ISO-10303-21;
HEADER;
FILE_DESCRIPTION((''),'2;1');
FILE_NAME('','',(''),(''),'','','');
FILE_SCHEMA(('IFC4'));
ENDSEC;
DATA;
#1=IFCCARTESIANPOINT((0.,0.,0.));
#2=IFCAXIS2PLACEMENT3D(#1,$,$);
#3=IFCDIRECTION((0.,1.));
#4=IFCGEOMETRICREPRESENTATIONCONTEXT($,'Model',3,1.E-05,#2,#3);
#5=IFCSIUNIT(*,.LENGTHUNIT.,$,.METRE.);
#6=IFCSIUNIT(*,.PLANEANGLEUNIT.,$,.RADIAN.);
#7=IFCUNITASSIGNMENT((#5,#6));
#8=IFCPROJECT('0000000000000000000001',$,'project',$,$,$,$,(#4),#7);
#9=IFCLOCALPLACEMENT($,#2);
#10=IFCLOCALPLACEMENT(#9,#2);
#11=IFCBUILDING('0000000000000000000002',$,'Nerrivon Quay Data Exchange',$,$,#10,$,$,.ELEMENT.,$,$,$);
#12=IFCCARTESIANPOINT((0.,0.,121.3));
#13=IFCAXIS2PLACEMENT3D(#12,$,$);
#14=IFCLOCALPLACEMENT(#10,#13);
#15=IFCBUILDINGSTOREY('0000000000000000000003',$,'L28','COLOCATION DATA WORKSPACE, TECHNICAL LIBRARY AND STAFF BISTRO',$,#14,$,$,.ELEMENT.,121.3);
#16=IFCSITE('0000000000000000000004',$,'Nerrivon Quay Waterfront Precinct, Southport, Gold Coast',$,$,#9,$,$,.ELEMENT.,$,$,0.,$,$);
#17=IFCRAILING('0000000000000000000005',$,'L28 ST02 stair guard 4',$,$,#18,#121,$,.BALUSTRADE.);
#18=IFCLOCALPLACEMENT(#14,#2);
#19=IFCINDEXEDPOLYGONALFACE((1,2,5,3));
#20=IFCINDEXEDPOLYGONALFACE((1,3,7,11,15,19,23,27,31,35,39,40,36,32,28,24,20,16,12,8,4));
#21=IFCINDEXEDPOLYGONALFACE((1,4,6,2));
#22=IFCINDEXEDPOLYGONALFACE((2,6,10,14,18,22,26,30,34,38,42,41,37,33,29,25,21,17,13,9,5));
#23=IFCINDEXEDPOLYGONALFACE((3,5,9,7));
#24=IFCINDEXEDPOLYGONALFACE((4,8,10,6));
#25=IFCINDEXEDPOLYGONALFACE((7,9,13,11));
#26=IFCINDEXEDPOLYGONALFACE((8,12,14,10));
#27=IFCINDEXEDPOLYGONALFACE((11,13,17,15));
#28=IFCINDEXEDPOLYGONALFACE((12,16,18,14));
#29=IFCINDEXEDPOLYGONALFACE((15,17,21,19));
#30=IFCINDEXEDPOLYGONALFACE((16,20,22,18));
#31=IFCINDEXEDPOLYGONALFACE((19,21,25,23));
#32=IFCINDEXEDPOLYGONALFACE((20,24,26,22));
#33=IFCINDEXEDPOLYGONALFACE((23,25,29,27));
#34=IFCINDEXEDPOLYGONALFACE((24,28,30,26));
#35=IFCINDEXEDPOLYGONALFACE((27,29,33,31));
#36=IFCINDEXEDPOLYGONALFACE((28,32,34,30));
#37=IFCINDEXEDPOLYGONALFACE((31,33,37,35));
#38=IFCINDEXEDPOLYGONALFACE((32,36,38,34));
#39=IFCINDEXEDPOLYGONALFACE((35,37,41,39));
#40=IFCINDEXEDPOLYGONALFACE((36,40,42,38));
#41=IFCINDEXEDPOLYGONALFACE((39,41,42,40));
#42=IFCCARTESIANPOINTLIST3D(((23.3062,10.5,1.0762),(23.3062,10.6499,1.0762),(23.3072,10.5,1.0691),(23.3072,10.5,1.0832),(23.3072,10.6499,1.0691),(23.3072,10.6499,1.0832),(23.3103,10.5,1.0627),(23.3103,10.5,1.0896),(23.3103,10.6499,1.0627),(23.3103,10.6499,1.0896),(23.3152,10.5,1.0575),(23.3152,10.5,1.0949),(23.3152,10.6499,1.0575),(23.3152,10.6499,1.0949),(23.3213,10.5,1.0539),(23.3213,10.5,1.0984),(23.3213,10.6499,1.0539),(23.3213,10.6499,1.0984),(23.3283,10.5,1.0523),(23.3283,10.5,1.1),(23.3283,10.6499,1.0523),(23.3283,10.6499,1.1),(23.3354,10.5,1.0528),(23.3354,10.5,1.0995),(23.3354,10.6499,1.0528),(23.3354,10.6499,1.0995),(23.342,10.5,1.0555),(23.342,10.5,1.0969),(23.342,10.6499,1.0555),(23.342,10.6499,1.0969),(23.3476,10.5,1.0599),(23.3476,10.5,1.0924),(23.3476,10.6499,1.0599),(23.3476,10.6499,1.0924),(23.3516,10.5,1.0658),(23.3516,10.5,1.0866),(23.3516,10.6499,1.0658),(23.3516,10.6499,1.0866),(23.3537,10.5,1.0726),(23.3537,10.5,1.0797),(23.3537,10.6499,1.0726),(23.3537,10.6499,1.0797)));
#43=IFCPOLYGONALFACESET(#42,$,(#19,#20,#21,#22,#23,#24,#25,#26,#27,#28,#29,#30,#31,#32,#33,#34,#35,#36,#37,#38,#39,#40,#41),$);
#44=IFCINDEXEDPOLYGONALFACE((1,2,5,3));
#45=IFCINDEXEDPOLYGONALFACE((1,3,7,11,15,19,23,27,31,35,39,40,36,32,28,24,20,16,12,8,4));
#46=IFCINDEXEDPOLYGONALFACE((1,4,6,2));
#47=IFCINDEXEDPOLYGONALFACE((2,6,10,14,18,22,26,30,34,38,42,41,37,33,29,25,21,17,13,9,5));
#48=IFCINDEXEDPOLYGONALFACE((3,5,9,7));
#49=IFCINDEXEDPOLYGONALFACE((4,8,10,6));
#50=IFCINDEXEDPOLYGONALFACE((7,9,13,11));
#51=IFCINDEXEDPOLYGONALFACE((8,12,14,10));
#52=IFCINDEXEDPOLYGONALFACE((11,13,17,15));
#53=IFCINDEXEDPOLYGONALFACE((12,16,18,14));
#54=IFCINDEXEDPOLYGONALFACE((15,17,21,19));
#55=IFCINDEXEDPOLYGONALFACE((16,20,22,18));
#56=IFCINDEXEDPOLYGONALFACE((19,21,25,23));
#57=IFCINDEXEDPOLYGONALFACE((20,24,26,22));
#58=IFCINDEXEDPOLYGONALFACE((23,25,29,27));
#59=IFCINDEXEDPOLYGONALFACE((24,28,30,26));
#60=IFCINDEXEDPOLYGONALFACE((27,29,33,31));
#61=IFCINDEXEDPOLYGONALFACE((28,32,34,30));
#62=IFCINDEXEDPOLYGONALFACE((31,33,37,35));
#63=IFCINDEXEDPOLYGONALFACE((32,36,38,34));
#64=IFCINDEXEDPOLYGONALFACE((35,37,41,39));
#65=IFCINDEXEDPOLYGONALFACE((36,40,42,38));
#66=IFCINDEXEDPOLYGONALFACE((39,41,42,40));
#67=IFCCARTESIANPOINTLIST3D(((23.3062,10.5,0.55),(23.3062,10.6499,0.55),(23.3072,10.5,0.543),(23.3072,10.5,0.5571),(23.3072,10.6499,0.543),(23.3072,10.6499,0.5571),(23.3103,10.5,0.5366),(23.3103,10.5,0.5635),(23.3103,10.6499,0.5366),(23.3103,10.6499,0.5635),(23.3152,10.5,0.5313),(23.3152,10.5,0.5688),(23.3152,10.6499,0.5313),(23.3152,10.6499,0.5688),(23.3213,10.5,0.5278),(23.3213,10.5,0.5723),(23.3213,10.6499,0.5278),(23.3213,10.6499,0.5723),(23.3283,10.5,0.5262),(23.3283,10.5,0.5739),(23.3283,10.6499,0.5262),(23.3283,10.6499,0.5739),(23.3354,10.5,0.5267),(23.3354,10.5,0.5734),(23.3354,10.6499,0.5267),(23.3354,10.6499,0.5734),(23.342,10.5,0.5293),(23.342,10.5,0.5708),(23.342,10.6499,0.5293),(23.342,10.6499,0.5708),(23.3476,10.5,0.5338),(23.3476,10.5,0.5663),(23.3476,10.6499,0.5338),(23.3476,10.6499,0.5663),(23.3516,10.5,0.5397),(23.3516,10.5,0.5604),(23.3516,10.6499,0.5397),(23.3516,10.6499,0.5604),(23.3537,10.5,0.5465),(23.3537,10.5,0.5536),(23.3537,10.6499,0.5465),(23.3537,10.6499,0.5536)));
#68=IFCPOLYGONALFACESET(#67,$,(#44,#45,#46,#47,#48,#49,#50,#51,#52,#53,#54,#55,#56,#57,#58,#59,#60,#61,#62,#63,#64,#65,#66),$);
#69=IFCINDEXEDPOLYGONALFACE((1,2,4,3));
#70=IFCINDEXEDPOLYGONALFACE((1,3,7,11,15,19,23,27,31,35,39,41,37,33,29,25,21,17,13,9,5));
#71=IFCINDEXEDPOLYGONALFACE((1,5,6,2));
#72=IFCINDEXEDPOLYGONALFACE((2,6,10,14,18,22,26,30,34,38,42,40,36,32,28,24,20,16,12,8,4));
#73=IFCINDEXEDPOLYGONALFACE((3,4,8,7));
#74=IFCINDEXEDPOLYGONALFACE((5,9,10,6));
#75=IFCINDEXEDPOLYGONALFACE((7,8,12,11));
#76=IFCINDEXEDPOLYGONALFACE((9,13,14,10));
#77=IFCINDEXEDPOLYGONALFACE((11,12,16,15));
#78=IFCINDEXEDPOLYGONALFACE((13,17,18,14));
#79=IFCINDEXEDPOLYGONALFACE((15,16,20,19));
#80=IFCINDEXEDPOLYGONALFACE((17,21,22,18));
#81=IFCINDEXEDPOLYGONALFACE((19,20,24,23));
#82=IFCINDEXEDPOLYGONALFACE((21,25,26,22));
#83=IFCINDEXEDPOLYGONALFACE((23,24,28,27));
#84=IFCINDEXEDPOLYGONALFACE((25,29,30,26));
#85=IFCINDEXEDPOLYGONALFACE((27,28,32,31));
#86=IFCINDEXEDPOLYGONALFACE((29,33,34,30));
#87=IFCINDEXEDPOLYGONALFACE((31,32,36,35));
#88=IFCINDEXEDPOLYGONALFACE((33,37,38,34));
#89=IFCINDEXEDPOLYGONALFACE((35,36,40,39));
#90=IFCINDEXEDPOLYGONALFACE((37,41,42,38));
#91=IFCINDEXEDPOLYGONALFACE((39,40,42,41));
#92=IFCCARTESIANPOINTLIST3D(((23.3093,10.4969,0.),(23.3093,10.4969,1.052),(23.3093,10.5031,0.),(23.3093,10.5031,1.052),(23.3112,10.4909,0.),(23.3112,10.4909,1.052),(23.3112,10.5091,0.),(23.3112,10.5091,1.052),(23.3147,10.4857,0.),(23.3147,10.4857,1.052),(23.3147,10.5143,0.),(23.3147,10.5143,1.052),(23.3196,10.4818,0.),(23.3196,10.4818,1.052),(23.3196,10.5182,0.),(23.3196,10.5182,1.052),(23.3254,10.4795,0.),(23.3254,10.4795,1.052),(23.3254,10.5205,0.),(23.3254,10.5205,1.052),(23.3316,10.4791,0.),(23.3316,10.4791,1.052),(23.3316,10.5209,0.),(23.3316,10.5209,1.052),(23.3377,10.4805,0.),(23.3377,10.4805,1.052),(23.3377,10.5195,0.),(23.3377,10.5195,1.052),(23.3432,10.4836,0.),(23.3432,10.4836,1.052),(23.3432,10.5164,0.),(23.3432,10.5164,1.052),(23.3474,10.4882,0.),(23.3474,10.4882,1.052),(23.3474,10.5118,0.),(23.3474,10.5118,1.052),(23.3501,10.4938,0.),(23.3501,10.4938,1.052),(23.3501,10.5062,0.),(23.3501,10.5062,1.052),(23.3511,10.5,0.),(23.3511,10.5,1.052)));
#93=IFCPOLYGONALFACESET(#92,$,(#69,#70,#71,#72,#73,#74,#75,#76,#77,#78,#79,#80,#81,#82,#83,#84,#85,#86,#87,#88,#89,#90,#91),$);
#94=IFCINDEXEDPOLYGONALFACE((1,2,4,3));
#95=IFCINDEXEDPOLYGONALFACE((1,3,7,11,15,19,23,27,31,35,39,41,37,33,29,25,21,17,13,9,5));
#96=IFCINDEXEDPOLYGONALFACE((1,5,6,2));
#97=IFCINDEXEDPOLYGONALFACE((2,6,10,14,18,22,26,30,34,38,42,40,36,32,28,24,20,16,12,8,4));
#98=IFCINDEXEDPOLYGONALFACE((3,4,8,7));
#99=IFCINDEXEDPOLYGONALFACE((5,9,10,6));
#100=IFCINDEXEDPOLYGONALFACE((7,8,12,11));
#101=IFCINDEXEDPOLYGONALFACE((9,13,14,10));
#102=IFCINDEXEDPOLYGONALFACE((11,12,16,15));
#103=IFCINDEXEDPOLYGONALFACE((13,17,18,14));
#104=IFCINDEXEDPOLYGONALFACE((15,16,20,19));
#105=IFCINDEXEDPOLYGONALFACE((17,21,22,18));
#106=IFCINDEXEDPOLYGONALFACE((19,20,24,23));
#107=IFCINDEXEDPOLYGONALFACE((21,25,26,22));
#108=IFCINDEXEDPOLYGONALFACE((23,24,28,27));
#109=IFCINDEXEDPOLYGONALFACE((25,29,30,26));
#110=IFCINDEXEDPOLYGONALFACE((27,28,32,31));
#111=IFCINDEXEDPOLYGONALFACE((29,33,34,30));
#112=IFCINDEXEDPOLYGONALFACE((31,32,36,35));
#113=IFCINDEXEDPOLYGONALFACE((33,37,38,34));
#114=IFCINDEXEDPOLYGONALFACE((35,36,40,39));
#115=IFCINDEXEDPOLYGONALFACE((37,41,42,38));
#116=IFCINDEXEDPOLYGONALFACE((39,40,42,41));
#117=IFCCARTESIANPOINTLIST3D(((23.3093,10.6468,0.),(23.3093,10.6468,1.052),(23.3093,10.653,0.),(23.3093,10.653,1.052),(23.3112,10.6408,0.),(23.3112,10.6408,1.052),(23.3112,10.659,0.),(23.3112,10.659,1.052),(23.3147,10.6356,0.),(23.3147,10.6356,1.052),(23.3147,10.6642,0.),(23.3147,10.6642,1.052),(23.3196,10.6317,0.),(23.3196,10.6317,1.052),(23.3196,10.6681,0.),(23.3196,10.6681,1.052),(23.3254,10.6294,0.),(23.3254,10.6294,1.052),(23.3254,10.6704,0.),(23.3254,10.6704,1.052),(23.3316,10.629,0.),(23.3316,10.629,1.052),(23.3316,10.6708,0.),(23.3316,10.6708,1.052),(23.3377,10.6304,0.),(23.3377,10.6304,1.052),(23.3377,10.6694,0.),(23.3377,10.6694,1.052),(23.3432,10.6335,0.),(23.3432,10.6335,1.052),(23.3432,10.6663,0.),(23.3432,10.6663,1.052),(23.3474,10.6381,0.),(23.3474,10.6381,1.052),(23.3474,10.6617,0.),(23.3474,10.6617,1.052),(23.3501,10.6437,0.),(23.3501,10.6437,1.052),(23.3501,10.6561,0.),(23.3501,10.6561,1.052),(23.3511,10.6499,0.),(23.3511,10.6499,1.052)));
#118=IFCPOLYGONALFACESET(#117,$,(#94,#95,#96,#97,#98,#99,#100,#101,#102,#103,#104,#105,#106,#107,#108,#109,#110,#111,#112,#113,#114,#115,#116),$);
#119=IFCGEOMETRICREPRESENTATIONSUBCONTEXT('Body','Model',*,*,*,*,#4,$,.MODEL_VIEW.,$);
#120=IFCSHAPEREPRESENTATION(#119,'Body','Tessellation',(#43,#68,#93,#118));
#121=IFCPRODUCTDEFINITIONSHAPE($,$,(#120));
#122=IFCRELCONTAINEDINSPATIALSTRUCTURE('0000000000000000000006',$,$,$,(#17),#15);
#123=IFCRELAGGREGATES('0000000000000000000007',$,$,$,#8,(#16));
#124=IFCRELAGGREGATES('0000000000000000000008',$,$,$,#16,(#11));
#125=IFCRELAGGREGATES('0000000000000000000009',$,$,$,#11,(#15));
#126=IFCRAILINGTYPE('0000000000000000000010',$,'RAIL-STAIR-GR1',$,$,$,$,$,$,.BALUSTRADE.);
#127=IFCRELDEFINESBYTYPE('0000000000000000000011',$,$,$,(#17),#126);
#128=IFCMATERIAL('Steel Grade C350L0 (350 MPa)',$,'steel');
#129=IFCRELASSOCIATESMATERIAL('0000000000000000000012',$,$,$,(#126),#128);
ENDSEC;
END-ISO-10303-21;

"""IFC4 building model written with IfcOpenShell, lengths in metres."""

from ifc_helpers import new_model, si_unit, direction, frame, origin, origin_2d, place, context, subcontext, project, spatial, circle, extrude, material, type_object, element, save


model = new_model("IFC4")

# Units and contexts
model_context = context("Model", 3, precision=1e-05, world=origin(), true_north=direction((0.0, 1.0)))
body_context = subcontext(model_context, "Body", "Model", "MODEL_VIEW")
ifc_project = project(units=[si_unit("LENGTHUNIT", "METRE"), si_unit("PLANEANGLEUNIT", "RADIAN")], contexts=[model_context])

# Site, building, storey
site_placement = place(None, origin())
site = spatial("IfcSite", under=ifc_project, at=site_placement, Name="Nerrivon Quay Waterfront Precinct, Southport, Gold Coast", CompositionType="ELEMENT", RefElevation=0.0)
building_placement = place(site_placement, origin())
building = spatial("IfcBuilding", under=site, at=building_placement, Name="Nerrivon Quay Data Exchange", CompositionType="ELEMENT")
storey_placement = place(building_placement, frame((0.0, 0.0, 121.3)))
storey = spatial("IfcBuildingStorey", under=building, at=storey_placement, Name="L28", Description="COLOCATION DATA WORKSPACE, TECHNICAL LIBRARY AND STAFF BISTRO", CompositionType="ELEMENT", Elevation=121.3)

# Railing
ifc_material_1 = material(Name="Steel Grade C350L0 (350 MPa)", Category="steel")
railing_type_1 = type_object("IfcRailingType", Name="RAIL-STAIR-GR1", PredefinedType="BALUSTRADE", material=ifc_material_1)
railing_1_placement = place(storey_placement, frame((23.3301, 10.5, 0.0)))
element("IfcRailing", 1, at=railing_1_placement, inside=storey, type_object=railing_type_1, Name="L28 ST02 stair guard 4", PredefinedType="BALUSTRADE", context=body_context, shape_type="SweptSolid", body=[
    extrude(circle(Radius=0.0239, at=origin_2d()), frame((0.0, 0.0, 1.0762), z_axis=(0.0, 1.0, 0.0), x_axis=(-1.0, 0.0, 0.0)), (0.0, 0.0, 1.0), 0.1499),
    extrude(circle(Radius=0.0239, at=origin_2d()), frame((0.0, 0.0, 0.55), z_axis=(0.0, 1.0, 0.0), x_axis=(-1.0, 0.0, 0.0)), (0.0, 0.0, 1.0), 0.1499),
    extrude(circle(Radius=0.021, at=origin_2d()), origin(), (0.0, 0.0, 1.0), 1.052),
    extrude(circle(Radius=0.021, at=origin_2d()), frame((0.0, 0.1499, 0.0)), (0.0, 0.0, 1.0), 1.052),
])

save(model, "model.ifc")
